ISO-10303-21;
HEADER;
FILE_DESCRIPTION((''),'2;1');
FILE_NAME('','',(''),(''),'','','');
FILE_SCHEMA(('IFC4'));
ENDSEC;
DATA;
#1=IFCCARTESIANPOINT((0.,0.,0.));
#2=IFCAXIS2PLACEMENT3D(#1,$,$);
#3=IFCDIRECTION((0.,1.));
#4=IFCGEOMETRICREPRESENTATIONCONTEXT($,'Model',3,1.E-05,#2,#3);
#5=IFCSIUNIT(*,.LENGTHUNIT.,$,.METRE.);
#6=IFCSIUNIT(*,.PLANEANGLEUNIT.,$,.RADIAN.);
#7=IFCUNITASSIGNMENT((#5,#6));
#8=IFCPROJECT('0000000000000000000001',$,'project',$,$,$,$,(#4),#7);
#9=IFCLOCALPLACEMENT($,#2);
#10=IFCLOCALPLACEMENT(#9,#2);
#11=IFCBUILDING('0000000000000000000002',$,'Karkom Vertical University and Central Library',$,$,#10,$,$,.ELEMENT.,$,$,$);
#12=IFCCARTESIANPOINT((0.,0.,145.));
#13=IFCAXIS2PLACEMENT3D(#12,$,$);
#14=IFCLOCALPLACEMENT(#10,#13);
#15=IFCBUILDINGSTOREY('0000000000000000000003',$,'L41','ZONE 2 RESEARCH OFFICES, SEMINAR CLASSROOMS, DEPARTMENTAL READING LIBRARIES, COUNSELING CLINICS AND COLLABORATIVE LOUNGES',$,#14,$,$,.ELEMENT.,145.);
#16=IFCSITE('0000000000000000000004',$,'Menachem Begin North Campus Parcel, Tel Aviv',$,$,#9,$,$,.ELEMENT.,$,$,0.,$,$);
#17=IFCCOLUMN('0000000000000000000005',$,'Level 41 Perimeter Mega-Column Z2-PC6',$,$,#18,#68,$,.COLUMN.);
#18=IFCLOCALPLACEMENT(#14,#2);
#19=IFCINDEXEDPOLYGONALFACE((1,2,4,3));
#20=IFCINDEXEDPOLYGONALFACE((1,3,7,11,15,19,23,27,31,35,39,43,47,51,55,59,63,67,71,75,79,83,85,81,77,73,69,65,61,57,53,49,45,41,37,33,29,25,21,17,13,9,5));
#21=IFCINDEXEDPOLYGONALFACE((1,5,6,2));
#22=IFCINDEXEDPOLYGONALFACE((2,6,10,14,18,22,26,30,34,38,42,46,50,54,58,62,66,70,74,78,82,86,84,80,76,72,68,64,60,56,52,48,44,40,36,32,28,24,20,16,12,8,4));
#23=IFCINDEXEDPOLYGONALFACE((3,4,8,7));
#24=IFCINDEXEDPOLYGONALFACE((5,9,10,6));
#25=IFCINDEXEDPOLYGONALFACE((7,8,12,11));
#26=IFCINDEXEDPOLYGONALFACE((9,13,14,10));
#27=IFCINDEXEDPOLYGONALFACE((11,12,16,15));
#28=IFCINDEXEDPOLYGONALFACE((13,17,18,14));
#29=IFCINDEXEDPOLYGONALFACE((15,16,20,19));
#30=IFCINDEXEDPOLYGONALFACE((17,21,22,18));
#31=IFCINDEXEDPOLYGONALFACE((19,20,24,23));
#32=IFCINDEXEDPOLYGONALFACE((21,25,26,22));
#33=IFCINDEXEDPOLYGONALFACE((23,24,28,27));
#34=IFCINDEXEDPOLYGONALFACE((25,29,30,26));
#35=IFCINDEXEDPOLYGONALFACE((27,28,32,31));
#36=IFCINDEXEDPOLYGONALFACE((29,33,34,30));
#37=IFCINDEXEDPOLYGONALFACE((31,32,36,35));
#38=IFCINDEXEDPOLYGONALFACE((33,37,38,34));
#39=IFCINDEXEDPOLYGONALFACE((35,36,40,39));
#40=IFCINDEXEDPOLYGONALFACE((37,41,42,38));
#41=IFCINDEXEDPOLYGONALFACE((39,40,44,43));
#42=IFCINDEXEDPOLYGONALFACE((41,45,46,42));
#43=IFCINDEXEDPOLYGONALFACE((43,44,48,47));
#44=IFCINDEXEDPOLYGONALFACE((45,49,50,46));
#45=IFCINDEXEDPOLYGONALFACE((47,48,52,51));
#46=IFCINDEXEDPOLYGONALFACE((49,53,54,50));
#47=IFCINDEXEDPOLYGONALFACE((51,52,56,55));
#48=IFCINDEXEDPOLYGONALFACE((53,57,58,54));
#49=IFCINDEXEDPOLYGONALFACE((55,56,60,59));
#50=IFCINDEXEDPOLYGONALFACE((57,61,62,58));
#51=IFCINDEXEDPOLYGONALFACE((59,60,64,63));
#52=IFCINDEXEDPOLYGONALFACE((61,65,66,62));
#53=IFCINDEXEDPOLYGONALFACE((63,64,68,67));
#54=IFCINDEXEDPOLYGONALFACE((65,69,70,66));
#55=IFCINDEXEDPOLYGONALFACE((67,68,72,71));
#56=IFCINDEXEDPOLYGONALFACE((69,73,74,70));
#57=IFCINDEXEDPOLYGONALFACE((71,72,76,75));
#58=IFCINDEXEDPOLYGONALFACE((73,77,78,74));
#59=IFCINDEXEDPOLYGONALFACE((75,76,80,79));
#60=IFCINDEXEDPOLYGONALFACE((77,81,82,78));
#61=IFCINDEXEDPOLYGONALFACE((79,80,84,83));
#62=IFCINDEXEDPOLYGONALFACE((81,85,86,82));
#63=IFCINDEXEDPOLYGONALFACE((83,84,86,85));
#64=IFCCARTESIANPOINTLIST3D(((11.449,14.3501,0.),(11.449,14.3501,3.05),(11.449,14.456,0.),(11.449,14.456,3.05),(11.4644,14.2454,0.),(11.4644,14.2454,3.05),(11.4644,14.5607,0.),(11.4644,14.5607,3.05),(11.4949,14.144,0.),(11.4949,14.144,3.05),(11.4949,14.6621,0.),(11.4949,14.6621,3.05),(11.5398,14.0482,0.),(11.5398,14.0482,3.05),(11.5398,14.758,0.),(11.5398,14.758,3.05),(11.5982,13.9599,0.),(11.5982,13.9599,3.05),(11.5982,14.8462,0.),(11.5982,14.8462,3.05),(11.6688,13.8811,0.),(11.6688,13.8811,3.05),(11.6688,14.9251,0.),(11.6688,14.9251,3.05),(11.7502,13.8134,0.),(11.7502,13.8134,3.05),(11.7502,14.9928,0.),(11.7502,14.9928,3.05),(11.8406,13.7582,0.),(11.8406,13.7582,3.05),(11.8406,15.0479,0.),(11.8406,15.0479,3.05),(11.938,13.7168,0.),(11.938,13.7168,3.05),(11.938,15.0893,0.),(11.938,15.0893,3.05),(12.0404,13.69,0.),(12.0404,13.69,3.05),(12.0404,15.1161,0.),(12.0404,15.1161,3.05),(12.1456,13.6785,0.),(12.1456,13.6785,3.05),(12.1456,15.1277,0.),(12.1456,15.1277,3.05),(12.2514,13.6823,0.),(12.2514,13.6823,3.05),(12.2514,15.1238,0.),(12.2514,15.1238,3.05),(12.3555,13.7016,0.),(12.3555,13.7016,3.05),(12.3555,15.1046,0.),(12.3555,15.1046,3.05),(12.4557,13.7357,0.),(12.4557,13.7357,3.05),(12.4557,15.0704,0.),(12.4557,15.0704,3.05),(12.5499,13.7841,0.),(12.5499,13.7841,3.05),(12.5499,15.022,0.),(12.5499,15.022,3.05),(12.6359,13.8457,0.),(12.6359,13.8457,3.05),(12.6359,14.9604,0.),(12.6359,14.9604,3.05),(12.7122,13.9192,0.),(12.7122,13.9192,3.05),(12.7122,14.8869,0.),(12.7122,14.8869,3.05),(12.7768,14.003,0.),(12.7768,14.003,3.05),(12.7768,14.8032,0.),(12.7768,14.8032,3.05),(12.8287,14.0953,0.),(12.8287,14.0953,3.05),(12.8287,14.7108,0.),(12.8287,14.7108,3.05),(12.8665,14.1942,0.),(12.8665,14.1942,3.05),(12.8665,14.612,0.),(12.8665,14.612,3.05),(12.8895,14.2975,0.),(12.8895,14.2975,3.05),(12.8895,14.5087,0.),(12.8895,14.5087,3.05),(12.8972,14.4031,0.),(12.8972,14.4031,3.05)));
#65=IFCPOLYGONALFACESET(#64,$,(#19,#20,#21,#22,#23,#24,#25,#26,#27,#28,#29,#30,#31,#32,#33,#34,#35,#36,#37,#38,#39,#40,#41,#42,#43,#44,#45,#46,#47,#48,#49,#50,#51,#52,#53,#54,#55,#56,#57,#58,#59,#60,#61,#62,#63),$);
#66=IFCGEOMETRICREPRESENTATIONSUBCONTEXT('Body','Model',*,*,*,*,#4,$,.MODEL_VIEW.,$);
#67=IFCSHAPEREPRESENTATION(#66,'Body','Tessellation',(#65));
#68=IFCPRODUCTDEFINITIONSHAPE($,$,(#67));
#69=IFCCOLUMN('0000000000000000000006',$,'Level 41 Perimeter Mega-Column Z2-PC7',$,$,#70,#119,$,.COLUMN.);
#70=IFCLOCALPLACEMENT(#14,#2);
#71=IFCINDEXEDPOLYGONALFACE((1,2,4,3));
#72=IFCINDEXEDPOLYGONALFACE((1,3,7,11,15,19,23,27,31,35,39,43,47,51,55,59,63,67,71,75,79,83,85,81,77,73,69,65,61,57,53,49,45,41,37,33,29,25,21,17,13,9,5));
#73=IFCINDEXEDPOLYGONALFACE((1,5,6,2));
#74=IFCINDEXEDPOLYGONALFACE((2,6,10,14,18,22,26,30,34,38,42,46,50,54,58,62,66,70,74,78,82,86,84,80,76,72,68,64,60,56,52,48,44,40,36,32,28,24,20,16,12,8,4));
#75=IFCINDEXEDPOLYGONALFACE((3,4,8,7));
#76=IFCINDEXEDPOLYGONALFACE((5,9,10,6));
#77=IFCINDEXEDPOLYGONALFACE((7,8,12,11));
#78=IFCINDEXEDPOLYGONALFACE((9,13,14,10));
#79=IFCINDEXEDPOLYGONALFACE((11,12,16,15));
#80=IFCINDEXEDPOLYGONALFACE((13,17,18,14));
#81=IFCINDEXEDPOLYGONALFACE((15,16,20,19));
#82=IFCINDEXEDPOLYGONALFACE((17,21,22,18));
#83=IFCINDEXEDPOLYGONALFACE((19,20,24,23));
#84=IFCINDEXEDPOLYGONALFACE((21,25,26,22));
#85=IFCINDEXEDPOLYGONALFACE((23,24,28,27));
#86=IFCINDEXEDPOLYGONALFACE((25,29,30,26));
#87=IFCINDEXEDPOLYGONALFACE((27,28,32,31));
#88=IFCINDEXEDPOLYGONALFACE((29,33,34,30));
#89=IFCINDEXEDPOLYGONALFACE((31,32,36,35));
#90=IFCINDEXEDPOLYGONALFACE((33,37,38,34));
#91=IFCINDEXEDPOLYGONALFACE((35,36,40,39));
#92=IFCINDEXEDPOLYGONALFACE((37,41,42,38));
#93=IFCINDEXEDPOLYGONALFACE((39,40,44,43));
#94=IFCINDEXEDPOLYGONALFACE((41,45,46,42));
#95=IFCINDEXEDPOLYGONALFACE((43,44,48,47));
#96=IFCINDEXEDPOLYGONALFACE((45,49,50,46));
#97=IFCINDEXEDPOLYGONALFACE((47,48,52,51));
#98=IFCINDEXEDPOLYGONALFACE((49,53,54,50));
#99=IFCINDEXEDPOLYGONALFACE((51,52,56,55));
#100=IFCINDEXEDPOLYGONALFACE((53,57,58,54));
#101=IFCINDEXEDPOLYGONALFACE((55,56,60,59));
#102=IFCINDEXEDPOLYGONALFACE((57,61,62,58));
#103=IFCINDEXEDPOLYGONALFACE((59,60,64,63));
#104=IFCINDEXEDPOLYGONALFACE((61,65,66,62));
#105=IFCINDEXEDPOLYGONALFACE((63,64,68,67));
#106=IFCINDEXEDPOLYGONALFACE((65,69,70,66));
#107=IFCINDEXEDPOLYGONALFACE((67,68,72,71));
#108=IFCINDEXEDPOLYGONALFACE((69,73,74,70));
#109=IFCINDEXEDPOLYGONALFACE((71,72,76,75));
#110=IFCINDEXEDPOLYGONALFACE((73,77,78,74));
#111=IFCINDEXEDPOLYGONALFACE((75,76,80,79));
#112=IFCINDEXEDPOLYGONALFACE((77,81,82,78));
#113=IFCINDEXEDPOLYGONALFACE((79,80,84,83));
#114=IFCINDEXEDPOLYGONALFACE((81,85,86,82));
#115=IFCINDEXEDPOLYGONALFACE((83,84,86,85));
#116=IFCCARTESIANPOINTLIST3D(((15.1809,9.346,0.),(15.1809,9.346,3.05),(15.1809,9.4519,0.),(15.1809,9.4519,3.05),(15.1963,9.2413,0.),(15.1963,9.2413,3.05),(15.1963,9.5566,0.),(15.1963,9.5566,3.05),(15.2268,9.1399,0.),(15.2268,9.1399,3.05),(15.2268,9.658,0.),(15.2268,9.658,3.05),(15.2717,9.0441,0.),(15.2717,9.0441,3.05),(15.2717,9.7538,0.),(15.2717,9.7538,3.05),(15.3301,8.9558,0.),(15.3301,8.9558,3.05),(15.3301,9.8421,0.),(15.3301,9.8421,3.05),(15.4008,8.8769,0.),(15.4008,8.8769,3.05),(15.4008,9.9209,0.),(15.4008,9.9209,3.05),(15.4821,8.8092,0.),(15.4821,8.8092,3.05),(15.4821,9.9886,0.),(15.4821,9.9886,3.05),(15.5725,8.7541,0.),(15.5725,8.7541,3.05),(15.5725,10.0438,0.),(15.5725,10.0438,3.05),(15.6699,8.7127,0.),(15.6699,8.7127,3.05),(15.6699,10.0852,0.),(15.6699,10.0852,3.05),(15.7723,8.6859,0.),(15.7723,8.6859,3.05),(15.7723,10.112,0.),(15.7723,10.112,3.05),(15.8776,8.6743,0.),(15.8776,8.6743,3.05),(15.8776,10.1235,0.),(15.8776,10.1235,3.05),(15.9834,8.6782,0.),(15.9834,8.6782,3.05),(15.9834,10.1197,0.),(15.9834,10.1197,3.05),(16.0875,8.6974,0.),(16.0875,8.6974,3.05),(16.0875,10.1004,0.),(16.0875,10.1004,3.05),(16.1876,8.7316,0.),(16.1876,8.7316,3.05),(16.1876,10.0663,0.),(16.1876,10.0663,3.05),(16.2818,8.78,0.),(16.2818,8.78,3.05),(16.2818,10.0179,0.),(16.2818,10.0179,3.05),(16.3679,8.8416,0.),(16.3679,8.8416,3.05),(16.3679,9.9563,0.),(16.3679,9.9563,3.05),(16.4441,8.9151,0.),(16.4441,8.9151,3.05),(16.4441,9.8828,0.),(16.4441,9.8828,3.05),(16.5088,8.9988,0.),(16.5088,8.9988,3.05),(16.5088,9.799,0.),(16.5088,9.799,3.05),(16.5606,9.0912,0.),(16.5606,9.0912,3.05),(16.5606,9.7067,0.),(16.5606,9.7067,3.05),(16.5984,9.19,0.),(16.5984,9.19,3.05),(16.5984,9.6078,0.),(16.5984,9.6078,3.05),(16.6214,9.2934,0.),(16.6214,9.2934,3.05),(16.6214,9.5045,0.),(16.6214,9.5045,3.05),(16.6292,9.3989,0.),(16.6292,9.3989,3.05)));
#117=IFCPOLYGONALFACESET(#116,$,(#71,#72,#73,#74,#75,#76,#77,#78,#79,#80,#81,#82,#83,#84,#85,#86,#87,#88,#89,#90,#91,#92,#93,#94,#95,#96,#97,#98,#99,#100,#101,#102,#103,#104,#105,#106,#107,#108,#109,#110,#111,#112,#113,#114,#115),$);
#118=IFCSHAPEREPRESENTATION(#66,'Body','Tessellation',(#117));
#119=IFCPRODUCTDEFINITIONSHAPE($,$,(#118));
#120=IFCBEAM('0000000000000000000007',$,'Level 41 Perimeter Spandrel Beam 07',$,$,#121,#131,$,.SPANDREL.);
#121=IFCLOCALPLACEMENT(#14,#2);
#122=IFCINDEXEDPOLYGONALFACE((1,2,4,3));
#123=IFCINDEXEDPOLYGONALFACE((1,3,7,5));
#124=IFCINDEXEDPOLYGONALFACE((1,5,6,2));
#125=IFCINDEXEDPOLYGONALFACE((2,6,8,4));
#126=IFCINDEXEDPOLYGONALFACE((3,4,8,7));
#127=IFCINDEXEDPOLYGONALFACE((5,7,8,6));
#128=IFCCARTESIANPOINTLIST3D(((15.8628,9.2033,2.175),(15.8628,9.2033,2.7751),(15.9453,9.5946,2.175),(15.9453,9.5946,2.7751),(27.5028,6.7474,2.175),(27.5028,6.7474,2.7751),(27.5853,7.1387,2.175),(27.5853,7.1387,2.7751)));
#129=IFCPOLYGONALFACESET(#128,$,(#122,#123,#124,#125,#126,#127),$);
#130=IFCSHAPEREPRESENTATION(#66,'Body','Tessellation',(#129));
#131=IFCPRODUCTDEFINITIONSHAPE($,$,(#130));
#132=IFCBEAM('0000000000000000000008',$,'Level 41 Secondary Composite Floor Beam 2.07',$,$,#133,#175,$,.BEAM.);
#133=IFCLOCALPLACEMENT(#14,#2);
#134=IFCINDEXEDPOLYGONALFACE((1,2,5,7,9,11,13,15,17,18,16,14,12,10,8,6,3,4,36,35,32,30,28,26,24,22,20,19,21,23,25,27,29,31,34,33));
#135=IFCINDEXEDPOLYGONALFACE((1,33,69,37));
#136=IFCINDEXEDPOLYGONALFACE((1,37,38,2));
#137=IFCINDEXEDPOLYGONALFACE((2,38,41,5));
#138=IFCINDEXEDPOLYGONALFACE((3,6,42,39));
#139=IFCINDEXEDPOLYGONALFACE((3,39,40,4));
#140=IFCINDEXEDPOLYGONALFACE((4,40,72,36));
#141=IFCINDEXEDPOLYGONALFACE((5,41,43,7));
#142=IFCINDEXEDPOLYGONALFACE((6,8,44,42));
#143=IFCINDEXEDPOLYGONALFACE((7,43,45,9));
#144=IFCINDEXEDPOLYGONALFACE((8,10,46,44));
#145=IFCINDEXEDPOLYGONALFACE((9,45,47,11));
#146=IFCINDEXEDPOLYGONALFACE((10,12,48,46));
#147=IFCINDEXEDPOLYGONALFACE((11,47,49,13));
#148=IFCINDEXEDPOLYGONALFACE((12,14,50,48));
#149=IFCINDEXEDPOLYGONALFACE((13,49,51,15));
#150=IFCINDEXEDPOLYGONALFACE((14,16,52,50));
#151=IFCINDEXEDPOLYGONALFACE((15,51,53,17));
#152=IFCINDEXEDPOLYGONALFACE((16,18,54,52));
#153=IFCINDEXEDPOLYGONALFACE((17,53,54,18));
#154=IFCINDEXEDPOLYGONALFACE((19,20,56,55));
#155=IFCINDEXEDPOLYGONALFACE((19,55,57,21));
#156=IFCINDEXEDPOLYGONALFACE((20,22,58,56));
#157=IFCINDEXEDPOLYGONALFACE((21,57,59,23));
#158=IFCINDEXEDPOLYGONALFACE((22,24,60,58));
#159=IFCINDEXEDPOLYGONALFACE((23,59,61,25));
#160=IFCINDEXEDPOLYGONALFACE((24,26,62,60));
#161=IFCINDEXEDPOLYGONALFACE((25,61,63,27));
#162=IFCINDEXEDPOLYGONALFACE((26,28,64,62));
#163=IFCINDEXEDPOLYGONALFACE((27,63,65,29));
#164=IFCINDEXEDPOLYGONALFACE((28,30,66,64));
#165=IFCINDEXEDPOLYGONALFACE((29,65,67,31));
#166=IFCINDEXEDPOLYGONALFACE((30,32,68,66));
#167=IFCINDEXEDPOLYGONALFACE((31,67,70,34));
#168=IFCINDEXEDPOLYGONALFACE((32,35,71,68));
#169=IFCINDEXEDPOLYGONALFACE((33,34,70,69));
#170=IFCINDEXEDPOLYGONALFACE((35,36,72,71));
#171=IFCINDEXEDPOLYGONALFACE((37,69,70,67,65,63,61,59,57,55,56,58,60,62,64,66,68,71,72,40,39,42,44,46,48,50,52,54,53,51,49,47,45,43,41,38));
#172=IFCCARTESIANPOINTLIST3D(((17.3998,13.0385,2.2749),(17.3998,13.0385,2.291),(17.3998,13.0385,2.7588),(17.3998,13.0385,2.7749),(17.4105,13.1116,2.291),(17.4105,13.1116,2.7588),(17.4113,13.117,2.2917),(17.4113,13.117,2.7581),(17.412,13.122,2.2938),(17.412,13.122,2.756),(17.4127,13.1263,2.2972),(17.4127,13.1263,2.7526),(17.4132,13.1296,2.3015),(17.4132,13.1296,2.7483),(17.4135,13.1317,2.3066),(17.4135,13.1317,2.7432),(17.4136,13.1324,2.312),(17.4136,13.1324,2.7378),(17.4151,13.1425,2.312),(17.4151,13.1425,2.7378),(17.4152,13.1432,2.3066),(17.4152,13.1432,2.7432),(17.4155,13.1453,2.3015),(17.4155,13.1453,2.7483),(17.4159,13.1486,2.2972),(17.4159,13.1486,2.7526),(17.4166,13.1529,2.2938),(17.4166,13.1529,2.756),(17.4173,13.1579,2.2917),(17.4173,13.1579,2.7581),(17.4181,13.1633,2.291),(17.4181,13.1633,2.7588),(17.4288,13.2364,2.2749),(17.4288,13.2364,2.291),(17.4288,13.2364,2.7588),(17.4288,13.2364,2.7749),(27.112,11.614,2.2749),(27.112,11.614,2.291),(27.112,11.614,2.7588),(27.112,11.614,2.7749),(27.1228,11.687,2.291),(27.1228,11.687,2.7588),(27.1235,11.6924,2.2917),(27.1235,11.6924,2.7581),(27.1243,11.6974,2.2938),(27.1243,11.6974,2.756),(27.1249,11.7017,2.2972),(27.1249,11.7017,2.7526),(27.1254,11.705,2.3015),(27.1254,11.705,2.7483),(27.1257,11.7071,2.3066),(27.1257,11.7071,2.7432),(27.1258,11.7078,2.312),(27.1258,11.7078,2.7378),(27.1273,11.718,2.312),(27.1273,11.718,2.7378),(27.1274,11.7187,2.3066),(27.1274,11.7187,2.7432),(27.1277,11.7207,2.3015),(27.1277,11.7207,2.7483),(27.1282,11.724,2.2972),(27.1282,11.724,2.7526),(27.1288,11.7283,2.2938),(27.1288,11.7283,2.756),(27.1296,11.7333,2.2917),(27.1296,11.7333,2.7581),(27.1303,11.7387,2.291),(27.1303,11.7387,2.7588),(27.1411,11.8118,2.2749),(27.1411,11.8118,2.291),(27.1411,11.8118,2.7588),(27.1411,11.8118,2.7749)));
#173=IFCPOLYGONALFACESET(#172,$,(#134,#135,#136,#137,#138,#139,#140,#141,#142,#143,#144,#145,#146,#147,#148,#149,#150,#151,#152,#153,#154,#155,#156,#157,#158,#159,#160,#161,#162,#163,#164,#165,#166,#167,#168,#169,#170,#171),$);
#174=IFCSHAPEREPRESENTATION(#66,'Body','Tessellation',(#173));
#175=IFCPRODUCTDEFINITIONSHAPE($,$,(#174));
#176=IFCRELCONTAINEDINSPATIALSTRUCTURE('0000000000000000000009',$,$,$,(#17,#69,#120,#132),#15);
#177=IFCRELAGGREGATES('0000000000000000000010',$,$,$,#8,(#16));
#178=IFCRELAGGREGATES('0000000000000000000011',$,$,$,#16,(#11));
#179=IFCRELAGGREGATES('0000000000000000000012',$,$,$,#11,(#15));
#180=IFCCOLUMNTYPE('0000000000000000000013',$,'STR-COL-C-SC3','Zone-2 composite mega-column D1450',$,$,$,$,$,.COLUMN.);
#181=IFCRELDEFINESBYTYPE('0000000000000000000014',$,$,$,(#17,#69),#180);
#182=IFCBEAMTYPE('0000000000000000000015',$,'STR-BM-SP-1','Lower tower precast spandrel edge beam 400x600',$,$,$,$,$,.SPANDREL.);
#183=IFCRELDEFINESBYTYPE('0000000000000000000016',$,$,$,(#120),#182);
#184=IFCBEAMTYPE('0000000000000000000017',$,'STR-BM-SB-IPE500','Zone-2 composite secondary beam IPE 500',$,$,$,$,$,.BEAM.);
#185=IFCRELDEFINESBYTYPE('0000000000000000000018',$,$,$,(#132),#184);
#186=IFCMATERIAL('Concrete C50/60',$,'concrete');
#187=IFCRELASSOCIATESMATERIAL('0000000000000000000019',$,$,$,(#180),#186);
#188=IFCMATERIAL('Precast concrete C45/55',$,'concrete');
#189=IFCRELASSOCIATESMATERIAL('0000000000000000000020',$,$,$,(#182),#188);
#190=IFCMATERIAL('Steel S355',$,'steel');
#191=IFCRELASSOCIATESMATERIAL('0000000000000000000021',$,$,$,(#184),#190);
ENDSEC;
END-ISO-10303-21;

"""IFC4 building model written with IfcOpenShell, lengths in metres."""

from ifc_helpers import new_model, si_unit, direction, frame, origin, origin_with_axes, origin_2d, place, context, subcontext, project, spatial, rectangle, circle, i_section, extrude, source, transform, mapped, material, material_profile, profile_set, type_object, element, save


model = new_model("IFC4")

# Units and contexts
model_context = context("Model", 3, precision=1e-05, world=origin(), true_north=direction((0.0, 1.0)))
body_context = subcontext(model_context, "Body", "Model", "MODEL_VIEW")
ifc_project = project(units=[si_unit("LENGTHUNIT", "METRE"), si_unit("PLANEANGLEUNIT", "RADIAN")], contexts=[model_context])

# Site, building, storey
site_placement = place(None, origin())
site = spatial("IfcSite", under=ifc_project, at=site_placement, Name="Menachem Begin North Campus Parcel, Tel Aviv", CompositionType="ELEMENT", RefElevation=0.0)
building_placement = place(site_placement, origin())
building = spatial("IfcBuilding", under=site, at=building_placement, Name="Karkom Vertical University and Central Library", CompositionType="ELEMENT")
storey_placement = place(building_placement, frame((0.0, 0.0, 145.0)))
storey = spatial("IfcBuildingStorey", under=building, at=storey_placement, Name="L41", Description="ZONE 2 RESEARCH OFFICES, SEMINAR CLASSROOMS, DEPARTMENTAL READING LIBRARIES, COUNSELING CLINICS AND COLLABORATIVE LOUNGES", CompositionType="ELEMENT", Elevation=145.0)

# Columns
ifc_material_1 = material(Name="Concrete C50/60", Category="concrete")
ifc_material_profile_1 = material_profile(ifc_material_1, circle(Radius=0.7251, at=origin_2d()), Name="CFT-D1450")
ifc_profile_set_1 = profile_set([ifc_material_profile_1], Name="Concrete C50/60")
column_type = type_object("IfcColumnType", Name="STR-COL-C-SC3", Description="Zone-2 composite mega-column D1450", PredefinedType="COLUMN", material=ifc_profile_set_1)
shared_shape_1 = source(origin_with_axes(), body_context, "Body", "SweptSolid", [
    extrude(circle(Radius=0.7251, at=origin_2d()), origin(), (0.0, 0.0, 1.0), 3.05),
])
for number, where, z_axis, x_axis, name in (
    (1, (12.1721, 14.4031, 0.0), (0.0, 0.0, 1.0), (1.0, 0.0, 0.0), "Level 41 Perimeter Mega-Column Z2-PC6"),
    (2, (15.9041, 9.3989, 0.0), (0.0, 0.0, 1.0), (1.0, 0.0, 0.0), "Level 41 Perimeter Mega-Column Z2-PC7"),
):
    element("IfcColumn", number, at=place(storey_placement, frame(where, z_axis=z_axis, x_axis=x_axis)), inside=storey, type_object=column_type, Name=name, PredefinedType="COLUMN", context=body_context, shape_type="MappedRepresentation", body=[
        mapped(shared_shape_1, transform((0.0, 0.0, 0.0), scale=1.0)),
    ])

# Beams
ifc_material_2 = material(Name="Precast concrete C45/55", Category="concrete")
ifc_material_profile_2 = material_profile(ifc_material_2, rectangle(XDim=0.3999, YDim=0.6001, at=origin_2d()), Name="SPB-400x600")
ifc_profile_set_2 = profile_set([ifc_material_profile_2], Name="Precast concrete C45/55")
beam_type_1 = type_object("IfcBeamType", Name="STR-BM-SP-1", Description="Lower tower precast spandrel edge beam 400x600", PredefinedType="SPANDREL", material=ifc_profile_set_2)
shared_shape_2 = source(origin_with_axes(), body_context, "Body", "SweptSolid", [
    extrude(rectangle(XDim=0.3999, YDim=0.6001, at=origin_2d()), origin(), (0.0, 0.0, 1.0), 11.8962),
])
beam_1_placement = place(storey_placement, frame((15.9041, 9.3989, 2.4751), z_axis=(0.97846, -0.206438, 0.0), x_axis=(0.206438, 0.97846, 0.0)))
element("IfcBeam", 3, at=beam_1_placement, inside=storey, type_object=beam_type_1, Name="Level 41 Perimeter Spandrel Beam 07", PredefinedType="SPANDREL", context=body_context, shape_type="MappedRepresentation", body=[
    mapped(shared_shape_2, transform((0.0, 0.0, 0.0), scale=1.0)),
])
ifc_material_3 = material(Name="Steel S355", Category="steel")
ifc_material_profile_3 = material_profile(ifc_material_3, i_section(OverallWidth=0.2, OverallDepth=0.5, WebThickness=0.0103, FlangeThickness=0.0161, FilletRadius=0.021, at=origin_2d()), Name="IPE 500")
ifc_profile_set_3 = profile_set([ifc_material_profile_3], Name="Steel S355")
beam_type_2 = type_object("IfcBeamType", Name="STR-BM-SB-IPE500", Description="Zone-2 composite secondary beam IPE 500", PredefinedType="BEAM", material=ifc_profile_set_3)
shared_shape_3 = source(origin_with_axes(), body_context, "Body", "SweptSolid", [
    extrude(i_section(OverallWidth=0.2, OverallDepth=0.5, WebThickness=0.0103, FlangeThickness=0.0161, FilletRadius=0.021, at=origin_2d()), origin(), (0.0, 0.0, 1.0), 9.8162),
])
beam_2_placement = place(storey_placement, frame((17.4143, 13.1375, 2.5249), z_axis=(0.989413, -0.145125, 0.0), x_axis=(0.145125, 0.989413, 0.0)))
element("IfcBeam", 4, at=beam_2_placement, inside=storey, type_object=beam_type_2, Name="Level 41 Secondary Composite Floor Beam 2.07", PredefinedType="BEAM", context=body_context, shape_type="MappedRepresentation", body=[
    mapped(shared_shape_3, transform((0.0, 0.0, 0.0), scale=1.0)),
])

save(model, "model.ifc")
